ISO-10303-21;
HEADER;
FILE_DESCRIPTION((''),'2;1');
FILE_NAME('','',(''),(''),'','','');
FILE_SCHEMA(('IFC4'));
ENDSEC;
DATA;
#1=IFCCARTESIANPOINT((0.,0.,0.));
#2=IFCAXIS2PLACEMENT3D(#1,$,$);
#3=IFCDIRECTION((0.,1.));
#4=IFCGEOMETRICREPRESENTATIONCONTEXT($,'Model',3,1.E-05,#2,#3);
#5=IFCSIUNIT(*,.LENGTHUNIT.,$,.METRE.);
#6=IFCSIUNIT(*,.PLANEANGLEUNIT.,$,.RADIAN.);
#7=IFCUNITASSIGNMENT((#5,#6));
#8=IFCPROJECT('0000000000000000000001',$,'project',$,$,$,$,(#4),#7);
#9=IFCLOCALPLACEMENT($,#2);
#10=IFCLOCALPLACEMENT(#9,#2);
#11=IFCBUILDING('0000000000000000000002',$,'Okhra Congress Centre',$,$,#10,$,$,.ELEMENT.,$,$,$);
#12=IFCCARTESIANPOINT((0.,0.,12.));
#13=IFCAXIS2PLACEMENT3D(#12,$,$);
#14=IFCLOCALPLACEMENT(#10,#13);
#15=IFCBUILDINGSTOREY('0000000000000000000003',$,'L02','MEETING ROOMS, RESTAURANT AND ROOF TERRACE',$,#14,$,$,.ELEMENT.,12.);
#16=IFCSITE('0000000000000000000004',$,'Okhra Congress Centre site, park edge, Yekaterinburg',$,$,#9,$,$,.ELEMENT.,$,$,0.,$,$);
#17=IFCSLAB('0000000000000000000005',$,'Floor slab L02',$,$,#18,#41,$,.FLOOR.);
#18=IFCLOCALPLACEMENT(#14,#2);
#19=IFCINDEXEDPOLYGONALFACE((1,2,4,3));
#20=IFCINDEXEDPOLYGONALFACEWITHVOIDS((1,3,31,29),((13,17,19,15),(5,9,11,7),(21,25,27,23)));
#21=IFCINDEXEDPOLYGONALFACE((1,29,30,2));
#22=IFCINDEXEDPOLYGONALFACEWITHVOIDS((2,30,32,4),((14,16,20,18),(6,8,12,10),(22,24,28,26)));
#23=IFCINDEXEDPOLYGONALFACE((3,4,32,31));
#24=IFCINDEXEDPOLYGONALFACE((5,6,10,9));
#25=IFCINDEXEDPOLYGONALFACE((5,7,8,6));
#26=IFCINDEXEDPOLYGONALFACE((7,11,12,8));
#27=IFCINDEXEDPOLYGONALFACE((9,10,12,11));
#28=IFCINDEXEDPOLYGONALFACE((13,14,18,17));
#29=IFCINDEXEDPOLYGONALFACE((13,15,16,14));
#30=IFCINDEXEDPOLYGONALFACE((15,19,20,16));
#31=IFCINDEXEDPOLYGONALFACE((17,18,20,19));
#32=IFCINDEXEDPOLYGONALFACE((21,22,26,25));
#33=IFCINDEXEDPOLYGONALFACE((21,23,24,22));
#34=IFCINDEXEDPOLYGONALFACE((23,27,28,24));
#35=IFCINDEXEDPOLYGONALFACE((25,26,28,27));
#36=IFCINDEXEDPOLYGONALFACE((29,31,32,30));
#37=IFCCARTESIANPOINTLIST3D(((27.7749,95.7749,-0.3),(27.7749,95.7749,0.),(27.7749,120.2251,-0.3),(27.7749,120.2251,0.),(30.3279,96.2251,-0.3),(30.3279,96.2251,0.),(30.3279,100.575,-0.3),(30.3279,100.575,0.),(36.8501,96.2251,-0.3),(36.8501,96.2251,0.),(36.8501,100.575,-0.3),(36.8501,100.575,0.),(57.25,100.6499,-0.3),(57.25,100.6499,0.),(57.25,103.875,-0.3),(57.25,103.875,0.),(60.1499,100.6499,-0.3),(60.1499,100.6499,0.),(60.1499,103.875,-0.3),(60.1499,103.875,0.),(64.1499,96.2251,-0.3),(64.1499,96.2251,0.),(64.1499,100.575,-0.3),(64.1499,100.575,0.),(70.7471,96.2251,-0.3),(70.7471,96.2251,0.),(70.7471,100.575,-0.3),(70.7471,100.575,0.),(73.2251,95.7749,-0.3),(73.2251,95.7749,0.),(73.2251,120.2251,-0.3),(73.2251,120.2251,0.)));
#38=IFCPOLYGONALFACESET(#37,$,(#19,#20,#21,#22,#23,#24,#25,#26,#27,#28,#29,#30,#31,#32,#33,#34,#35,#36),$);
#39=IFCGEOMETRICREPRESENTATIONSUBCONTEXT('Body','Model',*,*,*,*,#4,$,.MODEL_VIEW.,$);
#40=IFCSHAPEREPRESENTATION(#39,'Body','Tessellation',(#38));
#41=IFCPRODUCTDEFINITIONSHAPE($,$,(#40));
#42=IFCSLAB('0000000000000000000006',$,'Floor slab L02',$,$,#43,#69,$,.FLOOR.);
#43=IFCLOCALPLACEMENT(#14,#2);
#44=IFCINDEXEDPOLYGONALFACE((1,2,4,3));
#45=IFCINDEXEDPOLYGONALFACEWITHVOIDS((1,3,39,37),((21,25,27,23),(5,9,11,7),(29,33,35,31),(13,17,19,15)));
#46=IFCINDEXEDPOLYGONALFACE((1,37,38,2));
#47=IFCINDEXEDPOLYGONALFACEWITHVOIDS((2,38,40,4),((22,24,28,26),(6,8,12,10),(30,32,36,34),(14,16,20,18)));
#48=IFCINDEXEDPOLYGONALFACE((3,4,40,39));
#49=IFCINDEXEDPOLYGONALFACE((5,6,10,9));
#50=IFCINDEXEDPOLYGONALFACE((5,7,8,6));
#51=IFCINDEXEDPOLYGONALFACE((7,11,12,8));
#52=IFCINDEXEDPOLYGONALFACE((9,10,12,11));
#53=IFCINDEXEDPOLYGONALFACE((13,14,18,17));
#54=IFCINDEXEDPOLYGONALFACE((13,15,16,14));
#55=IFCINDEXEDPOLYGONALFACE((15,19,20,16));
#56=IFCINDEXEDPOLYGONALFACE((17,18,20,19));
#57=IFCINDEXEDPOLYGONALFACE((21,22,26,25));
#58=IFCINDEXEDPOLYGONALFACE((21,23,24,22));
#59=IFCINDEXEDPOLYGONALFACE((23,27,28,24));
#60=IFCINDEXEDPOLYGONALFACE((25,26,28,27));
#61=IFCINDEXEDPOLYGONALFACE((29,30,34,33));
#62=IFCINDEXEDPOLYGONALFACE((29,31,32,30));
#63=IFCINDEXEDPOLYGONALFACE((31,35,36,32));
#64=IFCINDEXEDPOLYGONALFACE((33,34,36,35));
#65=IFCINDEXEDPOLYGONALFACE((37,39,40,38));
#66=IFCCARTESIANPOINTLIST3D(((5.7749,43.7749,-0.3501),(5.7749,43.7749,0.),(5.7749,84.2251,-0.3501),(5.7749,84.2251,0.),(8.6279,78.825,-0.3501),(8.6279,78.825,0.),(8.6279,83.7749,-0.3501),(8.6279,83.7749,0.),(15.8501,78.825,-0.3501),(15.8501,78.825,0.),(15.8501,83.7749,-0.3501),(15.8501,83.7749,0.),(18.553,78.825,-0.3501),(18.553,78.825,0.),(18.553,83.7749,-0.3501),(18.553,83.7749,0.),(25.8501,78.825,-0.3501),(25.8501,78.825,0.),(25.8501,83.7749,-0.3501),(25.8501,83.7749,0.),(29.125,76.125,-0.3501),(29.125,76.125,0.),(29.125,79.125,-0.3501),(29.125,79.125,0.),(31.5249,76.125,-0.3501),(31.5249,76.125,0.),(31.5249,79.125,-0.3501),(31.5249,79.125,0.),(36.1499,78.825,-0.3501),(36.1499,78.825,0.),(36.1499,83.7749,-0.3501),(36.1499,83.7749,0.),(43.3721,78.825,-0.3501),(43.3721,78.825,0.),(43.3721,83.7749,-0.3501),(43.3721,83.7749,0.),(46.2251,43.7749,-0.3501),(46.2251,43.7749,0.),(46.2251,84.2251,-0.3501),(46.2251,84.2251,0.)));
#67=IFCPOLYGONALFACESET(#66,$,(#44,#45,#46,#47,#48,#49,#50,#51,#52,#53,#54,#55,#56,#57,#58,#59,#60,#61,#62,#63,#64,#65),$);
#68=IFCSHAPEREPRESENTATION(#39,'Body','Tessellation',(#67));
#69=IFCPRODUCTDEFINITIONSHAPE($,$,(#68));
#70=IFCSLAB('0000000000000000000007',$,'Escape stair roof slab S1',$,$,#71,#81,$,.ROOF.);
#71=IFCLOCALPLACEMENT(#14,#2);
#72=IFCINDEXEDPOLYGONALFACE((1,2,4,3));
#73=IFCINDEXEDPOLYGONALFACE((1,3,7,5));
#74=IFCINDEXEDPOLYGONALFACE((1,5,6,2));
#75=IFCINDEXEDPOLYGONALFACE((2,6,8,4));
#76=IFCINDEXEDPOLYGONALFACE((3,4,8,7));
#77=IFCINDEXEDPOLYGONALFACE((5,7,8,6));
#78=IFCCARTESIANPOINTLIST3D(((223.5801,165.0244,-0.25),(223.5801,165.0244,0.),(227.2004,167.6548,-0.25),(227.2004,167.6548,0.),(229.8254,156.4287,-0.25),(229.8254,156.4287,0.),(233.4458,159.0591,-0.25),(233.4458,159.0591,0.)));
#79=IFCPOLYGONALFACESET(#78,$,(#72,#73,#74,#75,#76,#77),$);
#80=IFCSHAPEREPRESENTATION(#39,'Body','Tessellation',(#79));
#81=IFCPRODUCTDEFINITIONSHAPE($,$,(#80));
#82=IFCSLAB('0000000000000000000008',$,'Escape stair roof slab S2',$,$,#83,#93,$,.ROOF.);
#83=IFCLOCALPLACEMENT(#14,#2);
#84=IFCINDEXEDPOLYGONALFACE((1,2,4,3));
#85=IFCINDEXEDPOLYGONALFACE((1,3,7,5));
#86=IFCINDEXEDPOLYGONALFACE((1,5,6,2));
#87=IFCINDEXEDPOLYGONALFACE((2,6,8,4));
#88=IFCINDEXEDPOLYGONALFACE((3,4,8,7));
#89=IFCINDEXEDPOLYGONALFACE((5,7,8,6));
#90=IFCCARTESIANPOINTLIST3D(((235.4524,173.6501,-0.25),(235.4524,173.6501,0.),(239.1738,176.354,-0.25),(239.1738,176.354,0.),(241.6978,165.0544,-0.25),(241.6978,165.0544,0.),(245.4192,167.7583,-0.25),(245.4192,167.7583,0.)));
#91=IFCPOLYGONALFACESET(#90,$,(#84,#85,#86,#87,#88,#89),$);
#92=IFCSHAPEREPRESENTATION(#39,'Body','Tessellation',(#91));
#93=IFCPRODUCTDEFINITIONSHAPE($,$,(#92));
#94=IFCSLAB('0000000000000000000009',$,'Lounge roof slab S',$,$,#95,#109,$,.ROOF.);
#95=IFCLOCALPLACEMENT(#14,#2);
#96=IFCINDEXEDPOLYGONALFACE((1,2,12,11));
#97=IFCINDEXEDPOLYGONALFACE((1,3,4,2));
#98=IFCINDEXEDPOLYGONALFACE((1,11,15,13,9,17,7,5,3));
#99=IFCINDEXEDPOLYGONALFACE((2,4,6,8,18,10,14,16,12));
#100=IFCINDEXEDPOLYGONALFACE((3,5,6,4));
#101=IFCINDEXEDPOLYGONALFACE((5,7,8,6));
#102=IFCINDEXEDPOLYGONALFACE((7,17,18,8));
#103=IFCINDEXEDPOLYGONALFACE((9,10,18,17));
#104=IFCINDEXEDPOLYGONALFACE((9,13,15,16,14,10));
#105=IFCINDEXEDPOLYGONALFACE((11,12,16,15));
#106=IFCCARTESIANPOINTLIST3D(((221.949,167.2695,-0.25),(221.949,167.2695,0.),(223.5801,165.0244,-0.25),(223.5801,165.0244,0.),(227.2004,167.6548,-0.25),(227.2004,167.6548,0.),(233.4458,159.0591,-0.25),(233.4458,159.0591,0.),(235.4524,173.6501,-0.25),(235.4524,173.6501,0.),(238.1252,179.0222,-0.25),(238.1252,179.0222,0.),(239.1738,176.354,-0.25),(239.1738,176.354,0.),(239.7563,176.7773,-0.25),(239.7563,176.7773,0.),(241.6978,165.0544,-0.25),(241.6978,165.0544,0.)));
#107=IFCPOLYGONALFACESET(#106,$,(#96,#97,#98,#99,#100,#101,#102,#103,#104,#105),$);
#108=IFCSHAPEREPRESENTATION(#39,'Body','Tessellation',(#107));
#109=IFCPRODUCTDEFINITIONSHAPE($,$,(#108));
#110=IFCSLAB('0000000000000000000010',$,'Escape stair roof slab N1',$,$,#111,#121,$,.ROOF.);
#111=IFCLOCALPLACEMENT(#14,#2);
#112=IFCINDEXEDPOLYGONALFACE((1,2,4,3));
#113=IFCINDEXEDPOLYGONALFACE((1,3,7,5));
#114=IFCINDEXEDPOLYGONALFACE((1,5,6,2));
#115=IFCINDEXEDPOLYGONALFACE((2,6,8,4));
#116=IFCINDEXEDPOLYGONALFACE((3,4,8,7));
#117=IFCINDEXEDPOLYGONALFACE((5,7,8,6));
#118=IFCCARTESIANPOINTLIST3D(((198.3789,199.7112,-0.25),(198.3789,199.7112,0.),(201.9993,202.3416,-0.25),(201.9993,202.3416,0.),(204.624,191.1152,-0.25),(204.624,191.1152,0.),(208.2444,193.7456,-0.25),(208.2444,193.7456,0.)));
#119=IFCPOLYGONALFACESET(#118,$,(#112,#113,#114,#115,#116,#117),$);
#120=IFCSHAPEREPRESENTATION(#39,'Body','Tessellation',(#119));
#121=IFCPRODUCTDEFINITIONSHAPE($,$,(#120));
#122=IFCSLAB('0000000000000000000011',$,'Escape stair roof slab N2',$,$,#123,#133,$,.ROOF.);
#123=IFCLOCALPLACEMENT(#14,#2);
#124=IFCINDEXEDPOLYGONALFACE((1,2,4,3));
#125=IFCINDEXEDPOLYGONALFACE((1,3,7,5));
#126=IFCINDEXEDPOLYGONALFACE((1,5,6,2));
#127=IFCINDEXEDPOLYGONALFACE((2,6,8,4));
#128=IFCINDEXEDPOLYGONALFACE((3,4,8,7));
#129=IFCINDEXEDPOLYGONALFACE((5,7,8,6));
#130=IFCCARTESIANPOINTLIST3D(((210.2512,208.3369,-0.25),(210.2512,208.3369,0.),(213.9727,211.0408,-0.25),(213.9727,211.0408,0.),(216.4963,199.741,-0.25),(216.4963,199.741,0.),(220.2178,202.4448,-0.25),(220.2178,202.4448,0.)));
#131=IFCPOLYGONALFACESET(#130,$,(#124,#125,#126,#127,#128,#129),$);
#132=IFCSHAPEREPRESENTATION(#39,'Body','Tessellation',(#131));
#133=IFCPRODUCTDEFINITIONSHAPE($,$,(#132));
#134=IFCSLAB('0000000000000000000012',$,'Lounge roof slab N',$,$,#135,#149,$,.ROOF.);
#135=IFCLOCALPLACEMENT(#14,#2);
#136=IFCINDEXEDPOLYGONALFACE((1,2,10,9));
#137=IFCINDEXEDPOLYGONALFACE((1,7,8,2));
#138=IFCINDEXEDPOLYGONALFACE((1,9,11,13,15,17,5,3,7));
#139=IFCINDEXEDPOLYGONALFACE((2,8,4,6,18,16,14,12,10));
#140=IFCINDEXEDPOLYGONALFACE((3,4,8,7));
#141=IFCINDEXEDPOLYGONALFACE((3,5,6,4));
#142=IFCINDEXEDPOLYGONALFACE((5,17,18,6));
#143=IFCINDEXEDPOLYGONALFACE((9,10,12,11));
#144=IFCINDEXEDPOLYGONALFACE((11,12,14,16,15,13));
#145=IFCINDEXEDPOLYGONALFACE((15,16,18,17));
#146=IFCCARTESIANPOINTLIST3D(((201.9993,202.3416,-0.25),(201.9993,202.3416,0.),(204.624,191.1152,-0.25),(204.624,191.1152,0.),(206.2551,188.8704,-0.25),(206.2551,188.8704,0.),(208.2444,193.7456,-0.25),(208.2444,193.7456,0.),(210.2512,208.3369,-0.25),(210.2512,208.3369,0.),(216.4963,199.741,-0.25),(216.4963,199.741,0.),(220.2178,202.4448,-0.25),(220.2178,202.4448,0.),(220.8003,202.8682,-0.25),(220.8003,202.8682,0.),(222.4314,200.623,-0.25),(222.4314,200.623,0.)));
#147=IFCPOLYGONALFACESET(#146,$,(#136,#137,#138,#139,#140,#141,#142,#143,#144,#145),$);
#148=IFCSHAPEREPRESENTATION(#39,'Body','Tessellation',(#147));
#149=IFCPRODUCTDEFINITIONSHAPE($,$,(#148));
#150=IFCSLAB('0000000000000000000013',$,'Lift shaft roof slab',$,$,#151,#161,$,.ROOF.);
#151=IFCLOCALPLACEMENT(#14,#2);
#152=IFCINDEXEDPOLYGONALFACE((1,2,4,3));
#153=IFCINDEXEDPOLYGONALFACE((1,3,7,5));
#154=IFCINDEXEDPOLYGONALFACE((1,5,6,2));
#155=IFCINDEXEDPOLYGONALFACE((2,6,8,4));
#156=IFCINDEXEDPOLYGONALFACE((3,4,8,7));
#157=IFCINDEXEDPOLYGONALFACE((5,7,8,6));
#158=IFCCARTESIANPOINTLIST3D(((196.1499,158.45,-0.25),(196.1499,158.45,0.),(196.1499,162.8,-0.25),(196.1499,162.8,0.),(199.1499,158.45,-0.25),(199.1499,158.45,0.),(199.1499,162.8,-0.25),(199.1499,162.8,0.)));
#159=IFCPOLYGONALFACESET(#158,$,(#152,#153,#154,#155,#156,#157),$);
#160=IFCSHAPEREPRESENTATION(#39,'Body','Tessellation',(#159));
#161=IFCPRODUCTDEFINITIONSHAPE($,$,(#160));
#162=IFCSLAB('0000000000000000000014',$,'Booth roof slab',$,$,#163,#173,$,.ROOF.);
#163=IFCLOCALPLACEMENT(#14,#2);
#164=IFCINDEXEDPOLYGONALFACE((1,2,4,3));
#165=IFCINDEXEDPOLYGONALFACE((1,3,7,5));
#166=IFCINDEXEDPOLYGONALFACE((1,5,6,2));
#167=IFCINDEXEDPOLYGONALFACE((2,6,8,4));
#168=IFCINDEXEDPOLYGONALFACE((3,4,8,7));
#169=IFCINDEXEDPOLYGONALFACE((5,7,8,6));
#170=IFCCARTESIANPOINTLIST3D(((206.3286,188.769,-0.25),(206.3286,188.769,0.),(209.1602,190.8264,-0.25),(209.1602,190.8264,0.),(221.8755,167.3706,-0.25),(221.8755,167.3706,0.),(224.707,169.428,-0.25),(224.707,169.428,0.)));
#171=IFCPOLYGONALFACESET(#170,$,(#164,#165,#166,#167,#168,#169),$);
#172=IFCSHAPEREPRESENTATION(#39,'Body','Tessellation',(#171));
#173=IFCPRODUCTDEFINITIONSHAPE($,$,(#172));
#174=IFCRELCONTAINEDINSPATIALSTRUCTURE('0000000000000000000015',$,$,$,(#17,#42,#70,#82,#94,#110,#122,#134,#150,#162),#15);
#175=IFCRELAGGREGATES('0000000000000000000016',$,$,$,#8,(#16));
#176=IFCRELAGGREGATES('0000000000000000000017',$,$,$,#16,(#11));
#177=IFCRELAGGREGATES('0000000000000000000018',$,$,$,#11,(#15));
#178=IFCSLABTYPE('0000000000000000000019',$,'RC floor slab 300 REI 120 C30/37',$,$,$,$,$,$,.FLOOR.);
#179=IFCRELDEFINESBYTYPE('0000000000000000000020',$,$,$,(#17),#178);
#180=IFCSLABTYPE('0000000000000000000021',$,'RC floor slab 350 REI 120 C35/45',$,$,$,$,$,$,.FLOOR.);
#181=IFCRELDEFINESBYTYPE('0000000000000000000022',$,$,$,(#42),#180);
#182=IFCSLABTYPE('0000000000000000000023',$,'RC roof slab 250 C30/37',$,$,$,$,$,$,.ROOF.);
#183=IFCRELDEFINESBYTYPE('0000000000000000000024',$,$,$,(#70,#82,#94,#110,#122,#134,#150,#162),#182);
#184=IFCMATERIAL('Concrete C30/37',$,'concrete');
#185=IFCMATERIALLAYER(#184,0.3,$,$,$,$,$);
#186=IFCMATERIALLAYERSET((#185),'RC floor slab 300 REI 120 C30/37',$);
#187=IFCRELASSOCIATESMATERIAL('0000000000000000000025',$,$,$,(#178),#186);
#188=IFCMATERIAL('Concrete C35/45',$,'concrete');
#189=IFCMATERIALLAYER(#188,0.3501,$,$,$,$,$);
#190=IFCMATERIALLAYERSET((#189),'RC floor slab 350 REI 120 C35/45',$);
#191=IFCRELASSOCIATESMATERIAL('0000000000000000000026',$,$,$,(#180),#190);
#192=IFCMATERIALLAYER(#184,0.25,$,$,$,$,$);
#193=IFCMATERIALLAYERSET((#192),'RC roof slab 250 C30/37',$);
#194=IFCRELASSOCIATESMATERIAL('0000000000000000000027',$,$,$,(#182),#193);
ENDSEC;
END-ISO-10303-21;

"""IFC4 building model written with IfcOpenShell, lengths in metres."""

from ifc_helpers import new_model, si_unit, direction, frame, origin, place, context, subcontext, project, spatial, polyline, outline, extrude, material, layer, layer_set, type_object, element, save


model = new_model("IFC4")

# Units and contexts
model_context = context("Model", 3, precision=1e-05, world=origin(), true_north=direction((0.0, 1.0)))
body_context = subcontext(model_context, "Body", "Model", "MODEL_VIEW")
ifc_project = project(units=[si_unit("LENGTHUNIT", "METRE"), si_unit("PLANEANGLEUNIT", "RADIAN")], contexts=[model_context])

# Site, building, storey
site_placement = place(None, origin())
site = spatial("IfcSite", under=ifc_project, at=site_placement, Name="Okhra Congress Centre site, park edge, Yekaterinburg", CompositionType="ELEMENT", RefElevation=0.0)
building_placement = place(site_placement, origin())
building = spatial("IfcBuilding", under=site, at=building_placement, Name="Okhra Congress Centre", CompositionType="ELEMENT")
storey_placement = place(building_placement, frame((0.0, 0.0, 12.0)))
storey = spatial("IfcBuildingStorey", under=building, at=storey_placement, Name="L02", Description="MEETING ROOMS, RESTAURANT AND ROOF TERRACE", CompositionType="ELEMENT", Elevation=12.0)

# Slabs
ifc_material_1 = material(Name="Concrete C30/37", Category="concrete")
ifc_layer_1 = layer(ifc_material_1, 0.3)
ifc_layer_set_1 = layer_set([ifc_layer_1], Name="RC floor slab 300 REI 120 C30/37")
slab_type_1 = type_object("IfcSlabType", Name="RC floor slab 300 REI 120 C30/37", PredefinedType="FLOOR", material=ifc_layer_set_1)
slab_1_placement = place(storey_placement, frame((0.0, 0.0, -0.3)))
element("IfcSlab", 1, at=slab_1_placement, inside=storey, type_object=slab_type_1, Name="Floor slab L02", PredefinedType="FLOOR", context=body_context, shape_type="SweptSolid", body=[
    extrude(outline(polyline([(73.2251, 95.7749), (73.2251, 120.2251), (27.7749, 120.2251), (27.7749, 95.7749), (73.2251, 95.7749)]), holes=[polyline([(30.3279, 96.2251), (36.8501, 96.2251), (36.8501, 100.575), (30.3279, 100.575), (30.3279, 96.2251)]), polyline([(70.7471, 100.575), (64.1499, 100.575), (64.1499, 96.2251), (70.7471, 96.2251), (70.7471, 100.575)]), polyline([(57.25, 100.6499), (60.1499, 100.6499), (60.1499, 103.875), (57.25, 103.875), (57.25, 100.6499)])]), origin(), (0.0, 0.0, 1.0), 0.3),
])
ifc_material_2 = material(Name="Concrete C35/45", Category="concrete")
ifc_layer_2 = layer(ifc_material_2, 0.3501)
ifc_layer_set_2 = layer_set([ifc_layer_2], Name="RC floor slab 350 REI 120 C35/45")
slab_type_2 = type_object("IfcSlabType", Name="RC floor slab 350 REI 120 C35/45", PredefinedType="FLOOR", material=ifc_layer_set_2)
slab_2_placement = place(storey_placement, frame((0.0, 0.0, -0.3501)))
element("IfcSlab", 2, at=slab_2_placement, inside=storey, type_object=slab_type_2, Name="Floor slab L02", PredefinedType="FLOOR", context=body_context, shape_type="SweptSolid", body=[
    extrude(outline(polyline([(46.2251, 43.7749), (46.2251, 84.2251), (5.7749, 84.2251), (5.7749, 43.7749), (46.2251, 43.7749)]), holes=[polyline([(8.6279, 78.825), (15.8501, 78.825), (15.8501, 83.7749), (8.6279, 83.7749), (8.6279, 78.825)]), polyline([(18.553, 78.825), (25.8501, 78.825), (25.8501, 83.7749), (18.553, 83.7749), (18.553, 78.825)]), polyline([(43.3721, 83.7749), (36.1499, 83.7749), (36.1499, 78.825), (43.3721, 78.825), (43.3721, 83.7749)]), polyline([(29.125, 76.125), (31.5249, 76.125), (31.5249, 79.125), (29.125, 79.125), (29.125, 76.125)])]), origin(), (0.0, 0.0, 1.0), 0.3501),
])
ifc_layer_3 = layer(ifc_material_1, 0.25)
ifc_layer_set_3 = layer_set([ifc_layer_3], Name="RC roof slab 250 C30/37")
slab_type_3 = type_object("IfcSlabType", Name="RC roof slab 250 C30/37", PredefinedType="ROOF", material=ifc_layer_set_3)
slab_3_placement = place(storey_placement, frame((0.0, 0.0, -0.25)))
element("IfcSlab", 3, at=slab_3_placement, inside=storey, type_object=slab_type_3, Name="Escape stair roof slab S1", PredefinedType="ROOF", context=body_context, shape_type="SweptSolid", body=[
    extrude(outline(polyline([(233.4458, 159.0591), (227.2004, 167.6548), (223.5801, 165.0244), (229.8254, 156.4287), (233.4458, 159.0591)])), origin(), (0.0, 0.0, 1.0), 0.25),
])
slab_4_placement = place(storey_placement, frame((0.0, 0.0, -0.25)))
element("IfcSlab", 4, at=slab_4_placement, inside=storey, type_object=slab_type_3, Name="Escape stair roof slab S2", PredefinedType="ROOF", context=body_context, shape_type="SweptSolid", body=[
    extrude(outline(polyline([(245.4192, 167.7583), (239.1738, 176.354), (235.4524, 173.6501), (241.6978, 165.0544), (245.4192, 167.7583)])), origin(), (0.0, 0.0, 1.0), 0.25),
])
slab_5_placement = place(storey_placement, frame((0.0, 0.0, -0.25)))
element("IfcSlab", 5, at=slab_5_placement, inside=storey, type_object=slab_type_3, Name="Lounge roof slab S", PredefinedType="ROOF", context=body_context, shape_type="SweptSolid", body=[
    extrude(outline(polyline([(227.2004, 167.6548), (233.4458, 159.0591), (241.6978, 165.0544), (235.4524, 173.6501), (239.1738, 176.354), (239.7563, 176.7773), (238.1252, 179.0222), (221.949, 167.2695), (223.5801, 165.0244), (227.2004, 167.6548)])), origin(), (0.0, 0.0, 1.0), 0.25),
])
slab_6_placement = place(storey_placement, frame((0.0, 0.0, -0.25)))
element("IfcSlab", 6, at=slab_6_placement, inside=storey, type_object=slab_type_3, Name="Escape stair roof slab N1", PredefinedType="ROOF", context=body_context, shape_type="SweptSolid", body=[
    extrude(outline(polyline([(208.2444, 193.7456), (201.9993, 202.3416), (198.3789, 199.7112), (204.624, 191.1152), (208.2444, 193.7456)])), origin(), (0.0, 0.0, 1.0), 0.25),
])
slab_7_placement = place(storey_placement, frame((0.0, 0.0, -0.25)))
element("IfcSlab", 7, at=slab_7_placement, inside=storey, type_object=slab_type_3, Name="Escape stair roof slab N2", PredefinedType="ROOF", context=body_context, shape_type="SweptSolid", body=[
    extrude(outline(polyline([(220.2178, 202.4448), (213.9727, 211.0408), (210.2512, 208.3369), (216.4963, 199.741), (220.2178, 202.4448)])), origin(), (0.0, 0.0, 1.0), 0.25),
])
slab_8_placement = place(storey_placement, frame((0.0, 0.0, -0.25)))
element("IfcSlab", 8, at=slab_8_placement, inside=storey, type_object=slab_type_3, Name="Lounge roof slab N", PredefinedType="ROOF", context=body_context, shape_type="SweptSolid", body=[
    extrude(outline(polyline([(222.4314, 200.623), (220.8003, 202.8682), (220.2178, 202.4448), (216.4963, 199.741), (210.2512, 208.3369), (201.9993, 202.3416), (208.2444, 193.7456), (204.624, 191.1152), (206.2551, 188.8704), (222.4314, 200.623)])), origin(), (0.0, 0.0, 1.0), 0.25),
])
slab_9_placement = place(storey_placement, frame((0.0, 0.0, -0.25)))
element("IfcSlab", 9, at=slab_9_placement, inside=storey, type_object=slab_type_3, Name="Lift shaft roof slab", PredefinedType="ROOF", context=body_context, shape_type="SweptSolid", body=[
    extrude(outline(polyline([(196.1499, 158.45), (199.1499, 158.45), (199.1499, 162.8), (196.1499, 162.8), (196.1499, 158.45)])), origin(), (0.0, 0.0, 1.0), 0.25),
])
slab_10_placement = place(storey_placement, frame((0.0, 0.0, -0.25)))
element("IfcSlab", 10, at=slab_10_placement, inside=storey, type_object=slab_type_3, Name="Booth roof slab", PredefinedType="ROOF", context=body_context, shape_type="SweptSolid", body=[
    extrude(outline(polyline([(221.8755, 167.3706), (224.707, 169.428), (209.1602, 190.8264), (206.3286, 188.769), (221.8755, 167.3706)])), origin(), (0.0, 0.0, 1.0), 0.25),
])

save(model, "model.ifc")
